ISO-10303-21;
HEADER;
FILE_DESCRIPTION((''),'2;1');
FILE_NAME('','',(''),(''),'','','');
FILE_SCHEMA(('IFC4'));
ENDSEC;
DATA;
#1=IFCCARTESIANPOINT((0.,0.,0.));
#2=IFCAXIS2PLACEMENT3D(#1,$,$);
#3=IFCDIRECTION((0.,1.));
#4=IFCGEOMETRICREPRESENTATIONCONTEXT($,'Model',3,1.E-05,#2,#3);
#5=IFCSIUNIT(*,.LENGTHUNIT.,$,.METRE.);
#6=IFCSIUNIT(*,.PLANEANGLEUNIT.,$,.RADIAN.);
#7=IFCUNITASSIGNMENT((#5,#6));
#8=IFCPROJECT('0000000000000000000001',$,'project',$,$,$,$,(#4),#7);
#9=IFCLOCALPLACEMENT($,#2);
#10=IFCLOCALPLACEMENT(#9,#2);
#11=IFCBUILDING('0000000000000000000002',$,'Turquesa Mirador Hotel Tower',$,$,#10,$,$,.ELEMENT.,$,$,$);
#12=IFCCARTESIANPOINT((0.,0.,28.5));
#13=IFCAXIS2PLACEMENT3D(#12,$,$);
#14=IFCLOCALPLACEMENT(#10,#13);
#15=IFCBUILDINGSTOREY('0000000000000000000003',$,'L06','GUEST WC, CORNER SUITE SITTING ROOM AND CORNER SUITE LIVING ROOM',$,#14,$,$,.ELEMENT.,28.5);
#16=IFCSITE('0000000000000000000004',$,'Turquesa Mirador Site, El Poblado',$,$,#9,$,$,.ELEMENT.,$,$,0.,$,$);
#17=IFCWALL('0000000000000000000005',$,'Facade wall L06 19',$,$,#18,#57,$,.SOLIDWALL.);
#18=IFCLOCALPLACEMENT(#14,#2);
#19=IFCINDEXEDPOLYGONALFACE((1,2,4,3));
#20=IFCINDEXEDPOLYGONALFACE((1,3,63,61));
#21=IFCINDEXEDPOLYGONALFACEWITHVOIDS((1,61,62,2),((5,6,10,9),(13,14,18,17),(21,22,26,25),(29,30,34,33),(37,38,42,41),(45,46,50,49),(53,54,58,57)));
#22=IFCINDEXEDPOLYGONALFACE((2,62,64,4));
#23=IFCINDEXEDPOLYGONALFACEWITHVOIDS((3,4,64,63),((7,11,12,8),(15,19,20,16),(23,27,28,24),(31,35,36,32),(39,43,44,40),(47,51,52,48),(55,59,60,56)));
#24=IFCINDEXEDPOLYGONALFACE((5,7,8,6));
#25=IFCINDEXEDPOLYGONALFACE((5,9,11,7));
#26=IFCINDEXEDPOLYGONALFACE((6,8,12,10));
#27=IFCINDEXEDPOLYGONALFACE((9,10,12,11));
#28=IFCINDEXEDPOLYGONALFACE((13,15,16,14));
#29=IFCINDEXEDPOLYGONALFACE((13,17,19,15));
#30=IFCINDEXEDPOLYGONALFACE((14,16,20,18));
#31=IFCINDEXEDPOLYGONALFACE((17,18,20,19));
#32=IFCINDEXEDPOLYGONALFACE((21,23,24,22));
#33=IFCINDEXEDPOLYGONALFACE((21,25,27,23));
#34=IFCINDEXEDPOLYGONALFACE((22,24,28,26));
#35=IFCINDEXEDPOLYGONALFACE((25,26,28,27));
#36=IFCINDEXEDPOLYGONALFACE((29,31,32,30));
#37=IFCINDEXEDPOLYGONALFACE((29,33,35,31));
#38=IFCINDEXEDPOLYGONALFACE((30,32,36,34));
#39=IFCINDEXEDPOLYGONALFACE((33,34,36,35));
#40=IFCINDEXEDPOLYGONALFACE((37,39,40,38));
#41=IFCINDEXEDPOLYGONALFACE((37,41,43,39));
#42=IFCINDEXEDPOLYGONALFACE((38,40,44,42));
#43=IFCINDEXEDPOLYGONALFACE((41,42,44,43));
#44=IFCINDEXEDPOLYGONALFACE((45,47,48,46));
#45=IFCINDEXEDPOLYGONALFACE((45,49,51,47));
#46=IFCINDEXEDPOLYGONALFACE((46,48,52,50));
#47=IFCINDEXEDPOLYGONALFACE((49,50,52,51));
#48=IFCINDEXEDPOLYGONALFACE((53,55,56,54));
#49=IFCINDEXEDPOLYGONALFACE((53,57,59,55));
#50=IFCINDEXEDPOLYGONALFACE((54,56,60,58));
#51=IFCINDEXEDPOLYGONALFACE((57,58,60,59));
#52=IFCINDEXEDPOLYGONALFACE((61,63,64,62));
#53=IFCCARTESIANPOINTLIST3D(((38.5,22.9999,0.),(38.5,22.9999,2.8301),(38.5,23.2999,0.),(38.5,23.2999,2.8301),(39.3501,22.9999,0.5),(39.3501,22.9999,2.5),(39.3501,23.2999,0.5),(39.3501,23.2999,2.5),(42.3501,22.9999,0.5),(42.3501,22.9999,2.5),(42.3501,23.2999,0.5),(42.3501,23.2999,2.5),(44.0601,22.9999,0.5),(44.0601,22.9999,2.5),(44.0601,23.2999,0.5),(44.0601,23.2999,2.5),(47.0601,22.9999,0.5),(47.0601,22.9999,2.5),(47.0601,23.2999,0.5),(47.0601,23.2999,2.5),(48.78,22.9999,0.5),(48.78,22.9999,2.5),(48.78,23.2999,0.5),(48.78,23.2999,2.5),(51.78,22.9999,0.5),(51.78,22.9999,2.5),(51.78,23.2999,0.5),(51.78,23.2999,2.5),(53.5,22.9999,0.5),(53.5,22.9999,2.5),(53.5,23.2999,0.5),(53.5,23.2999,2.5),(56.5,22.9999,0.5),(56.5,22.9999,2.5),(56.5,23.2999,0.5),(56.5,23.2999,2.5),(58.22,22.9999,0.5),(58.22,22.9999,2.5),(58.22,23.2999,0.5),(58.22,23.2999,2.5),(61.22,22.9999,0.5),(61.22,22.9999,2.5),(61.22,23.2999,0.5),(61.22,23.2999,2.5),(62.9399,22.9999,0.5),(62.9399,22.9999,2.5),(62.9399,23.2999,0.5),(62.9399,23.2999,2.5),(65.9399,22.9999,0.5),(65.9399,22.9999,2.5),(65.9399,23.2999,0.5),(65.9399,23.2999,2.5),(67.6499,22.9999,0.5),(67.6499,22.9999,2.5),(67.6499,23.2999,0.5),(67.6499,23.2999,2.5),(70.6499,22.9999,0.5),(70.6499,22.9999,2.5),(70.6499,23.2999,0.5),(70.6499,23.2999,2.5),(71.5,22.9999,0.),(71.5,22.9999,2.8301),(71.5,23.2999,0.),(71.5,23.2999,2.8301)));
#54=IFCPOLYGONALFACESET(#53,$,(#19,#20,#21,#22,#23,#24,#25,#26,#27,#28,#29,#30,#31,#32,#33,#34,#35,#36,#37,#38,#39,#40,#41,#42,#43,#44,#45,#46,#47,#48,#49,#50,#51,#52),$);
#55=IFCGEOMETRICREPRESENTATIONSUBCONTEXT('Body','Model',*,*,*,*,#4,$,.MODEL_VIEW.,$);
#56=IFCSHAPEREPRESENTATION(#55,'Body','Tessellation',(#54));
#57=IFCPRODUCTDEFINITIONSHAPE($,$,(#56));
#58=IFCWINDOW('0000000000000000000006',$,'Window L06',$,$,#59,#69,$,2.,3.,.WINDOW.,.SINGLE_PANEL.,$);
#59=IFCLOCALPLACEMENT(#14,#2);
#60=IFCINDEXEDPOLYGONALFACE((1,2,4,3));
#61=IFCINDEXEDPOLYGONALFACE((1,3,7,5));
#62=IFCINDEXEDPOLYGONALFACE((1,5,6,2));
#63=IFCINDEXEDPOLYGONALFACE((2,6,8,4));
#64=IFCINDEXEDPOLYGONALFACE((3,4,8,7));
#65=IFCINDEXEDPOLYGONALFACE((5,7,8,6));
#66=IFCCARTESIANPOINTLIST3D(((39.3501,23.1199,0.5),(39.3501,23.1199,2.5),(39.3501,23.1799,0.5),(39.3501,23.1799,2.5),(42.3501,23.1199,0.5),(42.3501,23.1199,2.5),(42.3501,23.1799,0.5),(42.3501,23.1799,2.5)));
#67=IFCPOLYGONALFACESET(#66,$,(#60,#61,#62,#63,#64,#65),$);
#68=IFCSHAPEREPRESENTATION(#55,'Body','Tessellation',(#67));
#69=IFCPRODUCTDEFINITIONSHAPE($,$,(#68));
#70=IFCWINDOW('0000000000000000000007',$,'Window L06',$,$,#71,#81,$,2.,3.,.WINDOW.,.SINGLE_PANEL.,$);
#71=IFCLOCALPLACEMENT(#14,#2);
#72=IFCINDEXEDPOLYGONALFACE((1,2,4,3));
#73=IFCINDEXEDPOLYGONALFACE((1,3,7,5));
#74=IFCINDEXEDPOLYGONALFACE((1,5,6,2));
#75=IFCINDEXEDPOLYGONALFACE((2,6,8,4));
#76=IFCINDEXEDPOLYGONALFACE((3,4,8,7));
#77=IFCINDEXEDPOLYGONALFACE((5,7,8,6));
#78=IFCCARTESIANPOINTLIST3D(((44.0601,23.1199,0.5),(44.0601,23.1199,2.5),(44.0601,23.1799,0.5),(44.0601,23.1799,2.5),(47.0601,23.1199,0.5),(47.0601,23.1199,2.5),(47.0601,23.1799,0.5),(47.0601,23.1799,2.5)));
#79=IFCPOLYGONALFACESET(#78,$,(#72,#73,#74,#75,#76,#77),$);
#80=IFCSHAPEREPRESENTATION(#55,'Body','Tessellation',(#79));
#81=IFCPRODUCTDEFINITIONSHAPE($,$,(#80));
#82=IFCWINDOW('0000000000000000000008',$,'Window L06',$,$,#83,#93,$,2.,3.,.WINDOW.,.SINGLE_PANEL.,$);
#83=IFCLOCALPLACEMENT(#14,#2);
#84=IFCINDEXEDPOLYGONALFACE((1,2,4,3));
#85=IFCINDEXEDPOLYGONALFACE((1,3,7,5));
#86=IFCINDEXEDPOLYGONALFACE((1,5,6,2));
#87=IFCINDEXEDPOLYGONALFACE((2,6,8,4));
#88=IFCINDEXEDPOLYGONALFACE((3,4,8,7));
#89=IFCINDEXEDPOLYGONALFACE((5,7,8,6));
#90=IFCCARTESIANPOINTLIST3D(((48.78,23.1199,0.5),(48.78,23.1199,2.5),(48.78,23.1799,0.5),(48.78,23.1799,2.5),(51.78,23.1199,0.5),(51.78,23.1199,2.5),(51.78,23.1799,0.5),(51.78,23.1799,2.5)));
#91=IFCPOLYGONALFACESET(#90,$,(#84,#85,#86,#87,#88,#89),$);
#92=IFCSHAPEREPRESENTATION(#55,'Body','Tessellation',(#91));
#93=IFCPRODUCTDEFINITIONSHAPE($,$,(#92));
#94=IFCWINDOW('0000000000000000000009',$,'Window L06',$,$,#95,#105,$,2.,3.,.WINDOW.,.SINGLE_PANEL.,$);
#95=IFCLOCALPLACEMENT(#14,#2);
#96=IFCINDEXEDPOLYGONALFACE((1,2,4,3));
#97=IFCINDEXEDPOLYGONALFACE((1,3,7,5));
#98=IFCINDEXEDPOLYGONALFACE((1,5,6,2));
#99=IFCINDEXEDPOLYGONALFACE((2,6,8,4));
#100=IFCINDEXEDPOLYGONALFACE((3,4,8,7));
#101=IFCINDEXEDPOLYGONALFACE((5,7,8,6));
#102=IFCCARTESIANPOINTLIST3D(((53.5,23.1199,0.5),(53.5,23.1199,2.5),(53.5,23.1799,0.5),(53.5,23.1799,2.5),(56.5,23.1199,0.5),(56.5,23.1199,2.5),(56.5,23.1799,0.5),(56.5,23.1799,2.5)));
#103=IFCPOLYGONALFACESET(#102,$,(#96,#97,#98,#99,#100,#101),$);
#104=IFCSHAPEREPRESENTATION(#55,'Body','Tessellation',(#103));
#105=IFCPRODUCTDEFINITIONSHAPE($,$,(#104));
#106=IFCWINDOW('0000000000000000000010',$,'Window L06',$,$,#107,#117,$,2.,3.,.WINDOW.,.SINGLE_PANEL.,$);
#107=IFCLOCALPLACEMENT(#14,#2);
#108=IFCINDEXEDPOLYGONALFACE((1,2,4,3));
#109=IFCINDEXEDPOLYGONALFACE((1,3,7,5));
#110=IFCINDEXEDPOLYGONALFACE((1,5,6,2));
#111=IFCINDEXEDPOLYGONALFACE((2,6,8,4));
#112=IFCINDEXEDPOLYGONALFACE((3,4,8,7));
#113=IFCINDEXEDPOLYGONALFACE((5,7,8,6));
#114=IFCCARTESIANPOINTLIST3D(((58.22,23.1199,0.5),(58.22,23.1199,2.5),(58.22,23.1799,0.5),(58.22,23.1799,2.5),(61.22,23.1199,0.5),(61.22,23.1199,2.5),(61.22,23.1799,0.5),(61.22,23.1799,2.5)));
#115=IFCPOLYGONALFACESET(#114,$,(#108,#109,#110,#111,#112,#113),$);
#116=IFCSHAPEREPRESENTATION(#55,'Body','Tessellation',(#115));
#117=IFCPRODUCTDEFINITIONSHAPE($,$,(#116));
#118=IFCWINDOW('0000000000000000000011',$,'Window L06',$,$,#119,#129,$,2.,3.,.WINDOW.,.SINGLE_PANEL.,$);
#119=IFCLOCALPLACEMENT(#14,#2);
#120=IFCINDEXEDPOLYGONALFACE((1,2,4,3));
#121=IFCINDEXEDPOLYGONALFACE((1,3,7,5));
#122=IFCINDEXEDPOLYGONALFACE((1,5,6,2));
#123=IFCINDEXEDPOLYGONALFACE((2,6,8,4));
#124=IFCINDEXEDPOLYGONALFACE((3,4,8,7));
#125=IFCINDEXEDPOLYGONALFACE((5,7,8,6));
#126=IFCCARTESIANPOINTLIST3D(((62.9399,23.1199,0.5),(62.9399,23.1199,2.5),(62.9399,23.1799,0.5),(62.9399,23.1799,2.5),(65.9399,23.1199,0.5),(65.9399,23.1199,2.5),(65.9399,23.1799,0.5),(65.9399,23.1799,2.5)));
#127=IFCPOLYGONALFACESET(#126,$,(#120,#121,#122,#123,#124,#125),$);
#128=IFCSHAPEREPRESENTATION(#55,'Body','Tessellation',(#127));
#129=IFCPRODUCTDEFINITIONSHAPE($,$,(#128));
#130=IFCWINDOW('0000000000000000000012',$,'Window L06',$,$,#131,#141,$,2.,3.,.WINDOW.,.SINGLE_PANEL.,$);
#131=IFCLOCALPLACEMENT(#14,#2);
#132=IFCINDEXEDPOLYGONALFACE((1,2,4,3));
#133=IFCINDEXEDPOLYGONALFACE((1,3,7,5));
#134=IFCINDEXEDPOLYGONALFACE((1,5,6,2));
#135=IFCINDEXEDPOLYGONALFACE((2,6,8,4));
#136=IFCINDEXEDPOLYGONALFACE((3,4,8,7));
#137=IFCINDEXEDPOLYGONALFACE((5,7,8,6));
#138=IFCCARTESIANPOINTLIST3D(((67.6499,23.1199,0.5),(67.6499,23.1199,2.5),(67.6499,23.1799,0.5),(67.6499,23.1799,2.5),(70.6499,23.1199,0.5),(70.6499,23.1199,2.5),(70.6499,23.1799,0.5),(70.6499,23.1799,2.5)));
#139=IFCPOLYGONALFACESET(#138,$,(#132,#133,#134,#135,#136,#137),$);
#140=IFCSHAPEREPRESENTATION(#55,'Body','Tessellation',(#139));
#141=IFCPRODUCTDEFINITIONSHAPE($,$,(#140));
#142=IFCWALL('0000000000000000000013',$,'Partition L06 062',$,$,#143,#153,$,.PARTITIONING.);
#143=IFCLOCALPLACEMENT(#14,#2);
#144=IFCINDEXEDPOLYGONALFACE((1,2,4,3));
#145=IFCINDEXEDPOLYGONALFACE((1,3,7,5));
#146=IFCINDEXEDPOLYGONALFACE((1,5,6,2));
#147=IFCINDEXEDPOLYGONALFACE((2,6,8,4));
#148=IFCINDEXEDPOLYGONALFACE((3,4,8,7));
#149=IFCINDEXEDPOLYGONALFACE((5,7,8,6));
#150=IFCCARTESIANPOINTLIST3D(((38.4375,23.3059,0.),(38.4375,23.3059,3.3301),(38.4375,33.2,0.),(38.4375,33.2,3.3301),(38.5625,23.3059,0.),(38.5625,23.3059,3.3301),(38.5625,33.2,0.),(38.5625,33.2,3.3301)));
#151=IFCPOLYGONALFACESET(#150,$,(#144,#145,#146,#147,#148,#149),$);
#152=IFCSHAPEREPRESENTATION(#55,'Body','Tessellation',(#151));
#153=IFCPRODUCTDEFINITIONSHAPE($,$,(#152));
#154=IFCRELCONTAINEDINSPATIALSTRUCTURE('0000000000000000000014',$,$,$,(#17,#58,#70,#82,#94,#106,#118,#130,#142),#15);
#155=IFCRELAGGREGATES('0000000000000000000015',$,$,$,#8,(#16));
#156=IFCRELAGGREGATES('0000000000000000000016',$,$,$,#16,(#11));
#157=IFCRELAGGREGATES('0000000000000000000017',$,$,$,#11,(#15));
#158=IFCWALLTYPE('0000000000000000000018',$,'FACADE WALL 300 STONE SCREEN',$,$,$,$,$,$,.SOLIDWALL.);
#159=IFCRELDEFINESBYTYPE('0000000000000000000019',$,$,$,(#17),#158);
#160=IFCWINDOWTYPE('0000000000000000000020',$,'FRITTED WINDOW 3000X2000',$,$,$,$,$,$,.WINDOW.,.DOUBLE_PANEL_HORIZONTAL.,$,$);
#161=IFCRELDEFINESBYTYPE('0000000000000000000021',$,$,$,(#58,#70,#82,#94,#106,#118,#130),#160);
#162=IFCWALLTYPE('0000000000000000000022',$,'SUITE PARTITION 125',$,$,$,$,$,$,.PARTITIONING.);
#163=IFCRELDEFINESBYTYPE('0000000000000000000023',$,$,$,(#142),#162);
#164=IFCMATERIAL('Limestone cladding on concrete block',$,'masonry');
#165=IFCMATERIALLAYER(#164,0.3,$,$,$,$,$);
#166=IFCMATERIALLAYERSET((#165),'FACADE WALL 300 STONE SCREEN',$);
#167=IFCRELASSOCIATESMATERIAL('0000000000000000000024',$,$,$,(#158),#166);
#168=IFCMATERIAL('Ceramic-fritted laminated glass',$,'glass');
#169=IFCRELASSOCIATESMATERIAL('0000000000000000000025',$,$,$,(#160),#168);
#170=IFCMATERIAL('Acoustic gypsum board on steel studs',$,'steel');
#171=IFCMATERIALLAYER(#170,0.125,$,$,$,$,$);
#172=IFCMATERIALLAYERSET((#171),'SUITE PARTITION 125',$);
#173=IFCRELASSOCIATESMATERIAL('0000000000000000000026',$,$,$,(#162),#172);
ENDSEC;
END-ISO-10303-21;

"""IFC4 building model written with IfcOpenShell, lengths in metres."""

from ifc_helpers import new_model, si_unit, direction, frame, frame_2d, origin, place, context, subcontext, project, spatial, rectangle, extrude, material, layer, layer_set, type_object, element, fill, save


model = new_model("IFC4")

# Units and contexts
model_context = context("Model", 3, precision=1e-05, world=origin(), true_north=direction((0.0, 1.0)))
body_context = subcontext(model_context, "Body", "Model", "MODEL_VIEW")
ifc_project = project(units=[si_unit("LENGTHUNIT", "METRE"), si_unit("PLANEANGLEUNIT", "RADIAN")], contexts=[model_context])

# Site, building, storey
site_placement = place(None, origin())
site = spatial("IfcSite", under=ifc_project, at=site_placement, Name="Turquesa Mirador Site, El Poblado", CompositionType="ELEMENT", RefElevation=0.0)
building_placement = place(site_placement, origin())
building = spatial("IfcBuilding", under=site, at=building_placement, Name="Turquesa Mirador Hotel Tower", CompositionType="ELEMENT")
storey_placement = place(building_placement, frame((0.0, 0.0, 28.5)))
storey = spatial("IfcBuildingStorey", under=building, at=storey_placement, Name="L06", Description="GUEST WC, CORNER SUITE SITTING ROOM AND CORNER SUITE LIVING ROOM", CompositionType="ELEMENT", Elevation=28.5)

# Shared definitions
ifc_material_1 = material(Name="Limestone cladding on concrete block", Category="masonry")
ifc_layer_1 = layer(ifc_material_1, 0.3)
ifc_layer_set_1 = layer_set([ifc_layer_1], Name="FACADE WALL 300 STONE SCREEN")
wall_type_1 = type_object("IfcWallType", Name="FACADE WALL 300 STONE SCREEN", PredefinedType="SOLIDWALL", material=ifc_layer_set_1)

# Wall, openings, windows
wall_1_placement = place(storey_placement, frame((38.5, 23.1499, 0.0), z_axis=(0.0, 0.0, 1.0), x_axis=(1.0, 0.0, 0.0)))
wall_1 = element("IfcWall", 1, at=wall_1_placement, inside=storey, type_object=wall_type_1, Name="Facade wall L06 19", PredefinedType="SOLIDWALL", context=body_context, shape_type="SweptSolid", body=[
    extrude(rectangle(XDim=33.0, YDim=0.3, at=frame_2d((16.5, 0.0))), origin(), (0.0, 0.0, 1.0), 2.8301),
])
opening_1_placement = place(wall_1_placement, frame((0.8501, 0.0, 0.5)))
opening_1 = element("IfcOpeningElement", 2, at=opening_1_placement, cuts=wall_1, PredefinedType="OPENING", context=body_context, shape_type="SweptSolid", body=[
    extrude(rectangle(XDim=3.0, YDim=2.0, at=frame_2d((1.5, 1.0))), frame((0.0, 0.1599, 0.0), z_axis=(0.0, -1.0, 0.0), x_axis=(1.0, 0.0, 0.0)), (0.0, 0.0, 1.0), 0.3201),
])
opening_2_placement = place(wall_1_placement, frame((5.5601, 0.0, 0.5)))
opening_2 = element("IfcOpeningElement", 3, at=opening_2_placement, cuts=wall_1, PredefinedType="OPENING", context=body_context, shape_type="SweptSolid", body=[
    extrude(rectangle(XDim=3.0, YDim=2.0, at=frame_2d((1.5, 1.0))), frame((0.0, 0.1599, 0.0), z_axis=(0.0, -1.0, 0.0), x_axis=(1.0, 0.0, 0.0)), (0.0, 0.0, 1.0), 0.3201),
])
opening_3_placement = place(wall_1_placement, frame((10.28, 0.0, 0.5)))
opening_3 = element("IfcOpeningElement", 4, at=opening_3_placement, cuts=wall_1, PredefinedType="OPENING", context=body_context, shape_type="SweptSolid", body=[
    extrude(rectangle(XDim=3.0, YDim=2.0, at=frame_2d((1.5, 1.0))), frame((0.0, 0.1599, 0.0), z_axis=(0.0, -1.0, 0.0), x_axis=(1.0, 0.0, 0.0)), (0.0, 0.0, 1.0), 0.3201),
])
opening_4_placement = place(wall_1_placement, frame((15.0, 0.0, 0.5)))
opening_4 = element("IfcOpeningElement", 5, at=opening_4_placement, cuts=wall_1, PredefinedType="OPENING", context=body_context, shape_type="SweptSolid", body=[
    extrude(rectangle(XDim=3.0, YDim=2.0, at=frame_2d((1.5, 1.0))), frame((0.0, 0.1599, 0.0), z_axis=(0.0, -1.0, 0.0), x_axis=(1.0, 0.0, 0.0)), (0.0, 0.0, 1.0), 0.3201),
])
opening_5_placement = place(wall_1_placement, frame((19.72, 0.0, 0.5)))
opening_5 = element("IfcOpeningElement", 6, at=opening_5_placement, cuts=wall_1, PredefinedType="OPENING", context=body_context, shape_type="SweptSolid", body=[
    extrude(rectangle(XDim=3.0, YDim=2.0, at=frame_2d((1.5, 1.0))), frame((0.0, 0.1599, 0.0), z_axis=(0.0, -1.0, 0.0), x_axis=(1.0, 0.0, 0.0)), (0.0, 0.0, 1.0), 0.3201),
])
opening_6_placement = place(wall_1_placement, frame((24.4399, 0.0, 0.5)))
opening_6 = element("IfcOpeningElement", 7, at=opening_6_placement, cuts=wall_1, PredefinedType="OPENING", context=body_context, shape_type="SweptSolid", body=[
    extrude(rectangle(XDim=3.0, YDim=2.0, at=frame_2d((1.5, 1.0))), frame((0.0, 0.1599, 0.0), z_axis=(0.0, -1.0, 0.0), x_axis=(1.0, 0.0, 0.0)), (0.0, 0.0, 1.0), 0.3201),
])
opening_7_placement = place(wall_1_placement, frame((29.1499, 0.0, 0.5)))
opening_7 = element("IfcOpeningElement", 8, at=opening_7_placement, cuts=wall_1, PredefinedType="OPENING", context=body_context, shape_type="SweptSolid", body=[
    extrude(rectangle(XDim=3.0, YDim=2.0, at=frame_2d((1.5, 1.0))), frame((0.0, 0.1599, 0.0), z_axis=(0.0, -1.0, 0.0), x_axis=(1.0, 0.0, 0.0)), (0.0, 0.0, 1.0), 0.3201),
])
ifc_material_2 = material(Name="Ceramic-fritted laminated glass", Category="glass")
window_type_1 = type_object("IfcWindowType", Name="FRITTED WINDOW 3000X2000", PartitioningType="DOUBLE_PANEL_HORIZONTAL", PredefinedType="WINDOW", material=ifc_material_2)
window_1_placement = place(opening_1_placement, origin())
window_1 = element("IfcWindow", 9, at=window_1_placement, inside=storey, type_object=window_type_1, Name="Window L06", OverallHeight=2.0, OverallWidth=3.0, PartitioningType="SINGLE_PANEL", PredefinedType="WINDOW", context=body_context, shape_type="SweptSolid", body=[
    extrude(rectangle(XDim=3.0, YDim=2.0, at=frame_2d((1.5, 1.0))), frame((0.0, 0.03, 0.0), z_axis=(0.0, -1.0, 0.0), x_axis=(1.0, 0.0, 0.0)), (0.0, 0.0, 1.0), 0.0601),
])
fill(opening_1, window_1)
window_2_placement = place(opening_2_placement, origin())
window_2 = element("IfcWindow", 10, at=window_2_placement, inside=storey, type_object=window_type_1, Name="Window L06", OverallHeight=2.0, OverallWidth=3.0, PartitioningType="SINGLE_PANEL", PredefinedType="WINDOW", context=body_context, shape_type="SweptSolid", body=[
    extrude(rectangle(XDim=3.0, YDim=2.0, at=frame_2d((1.5, 1.0))), frame((0.0, 0.03, 0.0), z_axis=(0.0, -1.0, 0.0), x_axis=(1.0, 0.0, 0.0)), (0.0, 0.0, 1.0), 0.0601),
])
fill(opening_2, window_2)
window_3_placement = place(opening_3_placement, origin())
window_3 = element("IfcWindow", 11, at=window_3_placement, inside=storey, type_object=window_type_1, Name="Window L06", OverallHeight=2.0, OverallWidth=3.0, PartitioningType="SINGLE_PANEL", PredefinedType="WINDOW", context=body_context, shape_type="SweptSolid", body=[
    extrude(rectangle(XDim=3.0, YDim=2.0, at=frame_2d((1.5, 1.0))), frame((0.0, 0.03, 0.0), z_axis=(0.0, -1.0, 0.0), x_axis=(1.0, 0.0, 0.0)), (0.0, 0.0, 1.0), 0.0601),
])
fill(opening_3, window_3)
window_4_placement = place(opening_4_placement, origin())
window_4 = element("IfcWindow", 12, at=window_4_placement, inside=storey, type_object=window_type_1, Name="Window L06", OverallHeight=2.0, OverallWidth=3.0, PartitioningType="SINGLE_PANEL", PredefinedType="WINDOW", context=body_context, shape_type="SweptSolid", body=[
    extrude(rectangle(XDim=3.0, YDim=2.0, at=frame_2d((1.5, 1.0))), frame((0.0, 0.03, 0.0), z_axis=(0.0, -1.0, 0.0), x_axis=(1.0, 0.0, 0.0)), (0.0, 0.0, 1.0), 0.0601),
])
fill(opening_4, window_4)
window_5_placement = place(opening_5_placement, origin())
window_5 = element("IfcWindow", 13, at=window_5_placement, inside=storey, type_object=window_type_1, Name="Window L06", OverallHeight=2.0, OverallWidth=3.0, PartitioningType="SINGLE_PANEL", PredefinedType="WINDOW", context=body_context, shape_type="SweptSolid", body=[
    extrude(rectangle(XDim=3.0, YDim=2.0, at=frame_2d((1.5, 1.0))), frame((0.0, 0.03, 0.0), z_axis=(0.0, -1.0, 0.0), x_axis=(1.0, 0.0, 0.0)), (0.0, 0.0, 1.0), 0.0601),
])
fill(opening_5, window_5)
window_6_placement = place(opening_6_placement, origin())
window_6 = element("IfcWindow", 14, at=window_6_placement, inside=storey, type_object=window_type_1, Name="Window L06", OverallHeight=2.0, OverallWidth=3.0, PartitioningType="SINGLE_PANEL", PredefinedType="WINDOW", context=body_context, shape_type="SweptSolid", body=[
    extrude(rectangle(XDim=3.0, YDim=2.0, at=frame_2d((1.5, 1.0))), frame((0.0, 0.03, 0.0), z_axis=(0.0, -1.0, 0.0), x_axis=(1.0, 0.0, 0.0)), (0.0, 0.0, 1.0), 0.0601),
])
fill(opening_6, window_6)
window_7_placement = place(opening_7_placement, origin())
window_7 = element("IfcWindow", 15, at=window_7_placement, inside=storey, type_object=window_type_1, Name="Window L06", OverallHeight=2.0, OverallWidth=3.0, PartitioningType="SINGLE_PANEL", PredefinedType="WINDOW", context=body_context, shape_type="SweptSolid", body=[
    extrude(rectangle(XDim=3.0, YDim=2.0, at=frame_2d((1.5, 1.0))), frame((0.0, 0.03, 0.0), z_axis=(0.0, -1.0, 0.0), x_axis=(1.0, 0.0, 0.0)), (0.0, 0.0, 1.0), 0.0601),
])
fill(opening_7, window_7)

# Wall
ifc_material_3 = material(Name="Acoustic gypsum board on steel studs", Category="steel")
ifc_layer_2 = layer(ifc_material_3, 0.125)
ifc_layer_set_2 = layer_set([ifc_layer_2], Name="SUITE PARTITION 125")
wall_type_2 = type_object("IfcWallType", Name="SUITE PARTITION 125", PredefinedType="PARTITIONING", material=ifc_layer_set_2)
wall_2_placement = place(storey_placement, frame((38.5, 23.3059, 0.0), z_axis=(0.0, 0.0, 1.0), x_axis=(0.0, 1.0, 0.0)))
element("IfcWall", 16, at=wall_2_placement, inside=storey, type_object=wall_type_2, Name="Partition L06 062", PredefinedType="PARTITIONING", context=body_context, shape_type="SweptSolid", body=[
    extrude(rectangle(XDim=9.894, YDim=0.125, at=frame_2d((4.947, 0.0))), origin(), (0.0, 0.0, 1.0), 3.3301),
])

save(model, "model.ifc")
